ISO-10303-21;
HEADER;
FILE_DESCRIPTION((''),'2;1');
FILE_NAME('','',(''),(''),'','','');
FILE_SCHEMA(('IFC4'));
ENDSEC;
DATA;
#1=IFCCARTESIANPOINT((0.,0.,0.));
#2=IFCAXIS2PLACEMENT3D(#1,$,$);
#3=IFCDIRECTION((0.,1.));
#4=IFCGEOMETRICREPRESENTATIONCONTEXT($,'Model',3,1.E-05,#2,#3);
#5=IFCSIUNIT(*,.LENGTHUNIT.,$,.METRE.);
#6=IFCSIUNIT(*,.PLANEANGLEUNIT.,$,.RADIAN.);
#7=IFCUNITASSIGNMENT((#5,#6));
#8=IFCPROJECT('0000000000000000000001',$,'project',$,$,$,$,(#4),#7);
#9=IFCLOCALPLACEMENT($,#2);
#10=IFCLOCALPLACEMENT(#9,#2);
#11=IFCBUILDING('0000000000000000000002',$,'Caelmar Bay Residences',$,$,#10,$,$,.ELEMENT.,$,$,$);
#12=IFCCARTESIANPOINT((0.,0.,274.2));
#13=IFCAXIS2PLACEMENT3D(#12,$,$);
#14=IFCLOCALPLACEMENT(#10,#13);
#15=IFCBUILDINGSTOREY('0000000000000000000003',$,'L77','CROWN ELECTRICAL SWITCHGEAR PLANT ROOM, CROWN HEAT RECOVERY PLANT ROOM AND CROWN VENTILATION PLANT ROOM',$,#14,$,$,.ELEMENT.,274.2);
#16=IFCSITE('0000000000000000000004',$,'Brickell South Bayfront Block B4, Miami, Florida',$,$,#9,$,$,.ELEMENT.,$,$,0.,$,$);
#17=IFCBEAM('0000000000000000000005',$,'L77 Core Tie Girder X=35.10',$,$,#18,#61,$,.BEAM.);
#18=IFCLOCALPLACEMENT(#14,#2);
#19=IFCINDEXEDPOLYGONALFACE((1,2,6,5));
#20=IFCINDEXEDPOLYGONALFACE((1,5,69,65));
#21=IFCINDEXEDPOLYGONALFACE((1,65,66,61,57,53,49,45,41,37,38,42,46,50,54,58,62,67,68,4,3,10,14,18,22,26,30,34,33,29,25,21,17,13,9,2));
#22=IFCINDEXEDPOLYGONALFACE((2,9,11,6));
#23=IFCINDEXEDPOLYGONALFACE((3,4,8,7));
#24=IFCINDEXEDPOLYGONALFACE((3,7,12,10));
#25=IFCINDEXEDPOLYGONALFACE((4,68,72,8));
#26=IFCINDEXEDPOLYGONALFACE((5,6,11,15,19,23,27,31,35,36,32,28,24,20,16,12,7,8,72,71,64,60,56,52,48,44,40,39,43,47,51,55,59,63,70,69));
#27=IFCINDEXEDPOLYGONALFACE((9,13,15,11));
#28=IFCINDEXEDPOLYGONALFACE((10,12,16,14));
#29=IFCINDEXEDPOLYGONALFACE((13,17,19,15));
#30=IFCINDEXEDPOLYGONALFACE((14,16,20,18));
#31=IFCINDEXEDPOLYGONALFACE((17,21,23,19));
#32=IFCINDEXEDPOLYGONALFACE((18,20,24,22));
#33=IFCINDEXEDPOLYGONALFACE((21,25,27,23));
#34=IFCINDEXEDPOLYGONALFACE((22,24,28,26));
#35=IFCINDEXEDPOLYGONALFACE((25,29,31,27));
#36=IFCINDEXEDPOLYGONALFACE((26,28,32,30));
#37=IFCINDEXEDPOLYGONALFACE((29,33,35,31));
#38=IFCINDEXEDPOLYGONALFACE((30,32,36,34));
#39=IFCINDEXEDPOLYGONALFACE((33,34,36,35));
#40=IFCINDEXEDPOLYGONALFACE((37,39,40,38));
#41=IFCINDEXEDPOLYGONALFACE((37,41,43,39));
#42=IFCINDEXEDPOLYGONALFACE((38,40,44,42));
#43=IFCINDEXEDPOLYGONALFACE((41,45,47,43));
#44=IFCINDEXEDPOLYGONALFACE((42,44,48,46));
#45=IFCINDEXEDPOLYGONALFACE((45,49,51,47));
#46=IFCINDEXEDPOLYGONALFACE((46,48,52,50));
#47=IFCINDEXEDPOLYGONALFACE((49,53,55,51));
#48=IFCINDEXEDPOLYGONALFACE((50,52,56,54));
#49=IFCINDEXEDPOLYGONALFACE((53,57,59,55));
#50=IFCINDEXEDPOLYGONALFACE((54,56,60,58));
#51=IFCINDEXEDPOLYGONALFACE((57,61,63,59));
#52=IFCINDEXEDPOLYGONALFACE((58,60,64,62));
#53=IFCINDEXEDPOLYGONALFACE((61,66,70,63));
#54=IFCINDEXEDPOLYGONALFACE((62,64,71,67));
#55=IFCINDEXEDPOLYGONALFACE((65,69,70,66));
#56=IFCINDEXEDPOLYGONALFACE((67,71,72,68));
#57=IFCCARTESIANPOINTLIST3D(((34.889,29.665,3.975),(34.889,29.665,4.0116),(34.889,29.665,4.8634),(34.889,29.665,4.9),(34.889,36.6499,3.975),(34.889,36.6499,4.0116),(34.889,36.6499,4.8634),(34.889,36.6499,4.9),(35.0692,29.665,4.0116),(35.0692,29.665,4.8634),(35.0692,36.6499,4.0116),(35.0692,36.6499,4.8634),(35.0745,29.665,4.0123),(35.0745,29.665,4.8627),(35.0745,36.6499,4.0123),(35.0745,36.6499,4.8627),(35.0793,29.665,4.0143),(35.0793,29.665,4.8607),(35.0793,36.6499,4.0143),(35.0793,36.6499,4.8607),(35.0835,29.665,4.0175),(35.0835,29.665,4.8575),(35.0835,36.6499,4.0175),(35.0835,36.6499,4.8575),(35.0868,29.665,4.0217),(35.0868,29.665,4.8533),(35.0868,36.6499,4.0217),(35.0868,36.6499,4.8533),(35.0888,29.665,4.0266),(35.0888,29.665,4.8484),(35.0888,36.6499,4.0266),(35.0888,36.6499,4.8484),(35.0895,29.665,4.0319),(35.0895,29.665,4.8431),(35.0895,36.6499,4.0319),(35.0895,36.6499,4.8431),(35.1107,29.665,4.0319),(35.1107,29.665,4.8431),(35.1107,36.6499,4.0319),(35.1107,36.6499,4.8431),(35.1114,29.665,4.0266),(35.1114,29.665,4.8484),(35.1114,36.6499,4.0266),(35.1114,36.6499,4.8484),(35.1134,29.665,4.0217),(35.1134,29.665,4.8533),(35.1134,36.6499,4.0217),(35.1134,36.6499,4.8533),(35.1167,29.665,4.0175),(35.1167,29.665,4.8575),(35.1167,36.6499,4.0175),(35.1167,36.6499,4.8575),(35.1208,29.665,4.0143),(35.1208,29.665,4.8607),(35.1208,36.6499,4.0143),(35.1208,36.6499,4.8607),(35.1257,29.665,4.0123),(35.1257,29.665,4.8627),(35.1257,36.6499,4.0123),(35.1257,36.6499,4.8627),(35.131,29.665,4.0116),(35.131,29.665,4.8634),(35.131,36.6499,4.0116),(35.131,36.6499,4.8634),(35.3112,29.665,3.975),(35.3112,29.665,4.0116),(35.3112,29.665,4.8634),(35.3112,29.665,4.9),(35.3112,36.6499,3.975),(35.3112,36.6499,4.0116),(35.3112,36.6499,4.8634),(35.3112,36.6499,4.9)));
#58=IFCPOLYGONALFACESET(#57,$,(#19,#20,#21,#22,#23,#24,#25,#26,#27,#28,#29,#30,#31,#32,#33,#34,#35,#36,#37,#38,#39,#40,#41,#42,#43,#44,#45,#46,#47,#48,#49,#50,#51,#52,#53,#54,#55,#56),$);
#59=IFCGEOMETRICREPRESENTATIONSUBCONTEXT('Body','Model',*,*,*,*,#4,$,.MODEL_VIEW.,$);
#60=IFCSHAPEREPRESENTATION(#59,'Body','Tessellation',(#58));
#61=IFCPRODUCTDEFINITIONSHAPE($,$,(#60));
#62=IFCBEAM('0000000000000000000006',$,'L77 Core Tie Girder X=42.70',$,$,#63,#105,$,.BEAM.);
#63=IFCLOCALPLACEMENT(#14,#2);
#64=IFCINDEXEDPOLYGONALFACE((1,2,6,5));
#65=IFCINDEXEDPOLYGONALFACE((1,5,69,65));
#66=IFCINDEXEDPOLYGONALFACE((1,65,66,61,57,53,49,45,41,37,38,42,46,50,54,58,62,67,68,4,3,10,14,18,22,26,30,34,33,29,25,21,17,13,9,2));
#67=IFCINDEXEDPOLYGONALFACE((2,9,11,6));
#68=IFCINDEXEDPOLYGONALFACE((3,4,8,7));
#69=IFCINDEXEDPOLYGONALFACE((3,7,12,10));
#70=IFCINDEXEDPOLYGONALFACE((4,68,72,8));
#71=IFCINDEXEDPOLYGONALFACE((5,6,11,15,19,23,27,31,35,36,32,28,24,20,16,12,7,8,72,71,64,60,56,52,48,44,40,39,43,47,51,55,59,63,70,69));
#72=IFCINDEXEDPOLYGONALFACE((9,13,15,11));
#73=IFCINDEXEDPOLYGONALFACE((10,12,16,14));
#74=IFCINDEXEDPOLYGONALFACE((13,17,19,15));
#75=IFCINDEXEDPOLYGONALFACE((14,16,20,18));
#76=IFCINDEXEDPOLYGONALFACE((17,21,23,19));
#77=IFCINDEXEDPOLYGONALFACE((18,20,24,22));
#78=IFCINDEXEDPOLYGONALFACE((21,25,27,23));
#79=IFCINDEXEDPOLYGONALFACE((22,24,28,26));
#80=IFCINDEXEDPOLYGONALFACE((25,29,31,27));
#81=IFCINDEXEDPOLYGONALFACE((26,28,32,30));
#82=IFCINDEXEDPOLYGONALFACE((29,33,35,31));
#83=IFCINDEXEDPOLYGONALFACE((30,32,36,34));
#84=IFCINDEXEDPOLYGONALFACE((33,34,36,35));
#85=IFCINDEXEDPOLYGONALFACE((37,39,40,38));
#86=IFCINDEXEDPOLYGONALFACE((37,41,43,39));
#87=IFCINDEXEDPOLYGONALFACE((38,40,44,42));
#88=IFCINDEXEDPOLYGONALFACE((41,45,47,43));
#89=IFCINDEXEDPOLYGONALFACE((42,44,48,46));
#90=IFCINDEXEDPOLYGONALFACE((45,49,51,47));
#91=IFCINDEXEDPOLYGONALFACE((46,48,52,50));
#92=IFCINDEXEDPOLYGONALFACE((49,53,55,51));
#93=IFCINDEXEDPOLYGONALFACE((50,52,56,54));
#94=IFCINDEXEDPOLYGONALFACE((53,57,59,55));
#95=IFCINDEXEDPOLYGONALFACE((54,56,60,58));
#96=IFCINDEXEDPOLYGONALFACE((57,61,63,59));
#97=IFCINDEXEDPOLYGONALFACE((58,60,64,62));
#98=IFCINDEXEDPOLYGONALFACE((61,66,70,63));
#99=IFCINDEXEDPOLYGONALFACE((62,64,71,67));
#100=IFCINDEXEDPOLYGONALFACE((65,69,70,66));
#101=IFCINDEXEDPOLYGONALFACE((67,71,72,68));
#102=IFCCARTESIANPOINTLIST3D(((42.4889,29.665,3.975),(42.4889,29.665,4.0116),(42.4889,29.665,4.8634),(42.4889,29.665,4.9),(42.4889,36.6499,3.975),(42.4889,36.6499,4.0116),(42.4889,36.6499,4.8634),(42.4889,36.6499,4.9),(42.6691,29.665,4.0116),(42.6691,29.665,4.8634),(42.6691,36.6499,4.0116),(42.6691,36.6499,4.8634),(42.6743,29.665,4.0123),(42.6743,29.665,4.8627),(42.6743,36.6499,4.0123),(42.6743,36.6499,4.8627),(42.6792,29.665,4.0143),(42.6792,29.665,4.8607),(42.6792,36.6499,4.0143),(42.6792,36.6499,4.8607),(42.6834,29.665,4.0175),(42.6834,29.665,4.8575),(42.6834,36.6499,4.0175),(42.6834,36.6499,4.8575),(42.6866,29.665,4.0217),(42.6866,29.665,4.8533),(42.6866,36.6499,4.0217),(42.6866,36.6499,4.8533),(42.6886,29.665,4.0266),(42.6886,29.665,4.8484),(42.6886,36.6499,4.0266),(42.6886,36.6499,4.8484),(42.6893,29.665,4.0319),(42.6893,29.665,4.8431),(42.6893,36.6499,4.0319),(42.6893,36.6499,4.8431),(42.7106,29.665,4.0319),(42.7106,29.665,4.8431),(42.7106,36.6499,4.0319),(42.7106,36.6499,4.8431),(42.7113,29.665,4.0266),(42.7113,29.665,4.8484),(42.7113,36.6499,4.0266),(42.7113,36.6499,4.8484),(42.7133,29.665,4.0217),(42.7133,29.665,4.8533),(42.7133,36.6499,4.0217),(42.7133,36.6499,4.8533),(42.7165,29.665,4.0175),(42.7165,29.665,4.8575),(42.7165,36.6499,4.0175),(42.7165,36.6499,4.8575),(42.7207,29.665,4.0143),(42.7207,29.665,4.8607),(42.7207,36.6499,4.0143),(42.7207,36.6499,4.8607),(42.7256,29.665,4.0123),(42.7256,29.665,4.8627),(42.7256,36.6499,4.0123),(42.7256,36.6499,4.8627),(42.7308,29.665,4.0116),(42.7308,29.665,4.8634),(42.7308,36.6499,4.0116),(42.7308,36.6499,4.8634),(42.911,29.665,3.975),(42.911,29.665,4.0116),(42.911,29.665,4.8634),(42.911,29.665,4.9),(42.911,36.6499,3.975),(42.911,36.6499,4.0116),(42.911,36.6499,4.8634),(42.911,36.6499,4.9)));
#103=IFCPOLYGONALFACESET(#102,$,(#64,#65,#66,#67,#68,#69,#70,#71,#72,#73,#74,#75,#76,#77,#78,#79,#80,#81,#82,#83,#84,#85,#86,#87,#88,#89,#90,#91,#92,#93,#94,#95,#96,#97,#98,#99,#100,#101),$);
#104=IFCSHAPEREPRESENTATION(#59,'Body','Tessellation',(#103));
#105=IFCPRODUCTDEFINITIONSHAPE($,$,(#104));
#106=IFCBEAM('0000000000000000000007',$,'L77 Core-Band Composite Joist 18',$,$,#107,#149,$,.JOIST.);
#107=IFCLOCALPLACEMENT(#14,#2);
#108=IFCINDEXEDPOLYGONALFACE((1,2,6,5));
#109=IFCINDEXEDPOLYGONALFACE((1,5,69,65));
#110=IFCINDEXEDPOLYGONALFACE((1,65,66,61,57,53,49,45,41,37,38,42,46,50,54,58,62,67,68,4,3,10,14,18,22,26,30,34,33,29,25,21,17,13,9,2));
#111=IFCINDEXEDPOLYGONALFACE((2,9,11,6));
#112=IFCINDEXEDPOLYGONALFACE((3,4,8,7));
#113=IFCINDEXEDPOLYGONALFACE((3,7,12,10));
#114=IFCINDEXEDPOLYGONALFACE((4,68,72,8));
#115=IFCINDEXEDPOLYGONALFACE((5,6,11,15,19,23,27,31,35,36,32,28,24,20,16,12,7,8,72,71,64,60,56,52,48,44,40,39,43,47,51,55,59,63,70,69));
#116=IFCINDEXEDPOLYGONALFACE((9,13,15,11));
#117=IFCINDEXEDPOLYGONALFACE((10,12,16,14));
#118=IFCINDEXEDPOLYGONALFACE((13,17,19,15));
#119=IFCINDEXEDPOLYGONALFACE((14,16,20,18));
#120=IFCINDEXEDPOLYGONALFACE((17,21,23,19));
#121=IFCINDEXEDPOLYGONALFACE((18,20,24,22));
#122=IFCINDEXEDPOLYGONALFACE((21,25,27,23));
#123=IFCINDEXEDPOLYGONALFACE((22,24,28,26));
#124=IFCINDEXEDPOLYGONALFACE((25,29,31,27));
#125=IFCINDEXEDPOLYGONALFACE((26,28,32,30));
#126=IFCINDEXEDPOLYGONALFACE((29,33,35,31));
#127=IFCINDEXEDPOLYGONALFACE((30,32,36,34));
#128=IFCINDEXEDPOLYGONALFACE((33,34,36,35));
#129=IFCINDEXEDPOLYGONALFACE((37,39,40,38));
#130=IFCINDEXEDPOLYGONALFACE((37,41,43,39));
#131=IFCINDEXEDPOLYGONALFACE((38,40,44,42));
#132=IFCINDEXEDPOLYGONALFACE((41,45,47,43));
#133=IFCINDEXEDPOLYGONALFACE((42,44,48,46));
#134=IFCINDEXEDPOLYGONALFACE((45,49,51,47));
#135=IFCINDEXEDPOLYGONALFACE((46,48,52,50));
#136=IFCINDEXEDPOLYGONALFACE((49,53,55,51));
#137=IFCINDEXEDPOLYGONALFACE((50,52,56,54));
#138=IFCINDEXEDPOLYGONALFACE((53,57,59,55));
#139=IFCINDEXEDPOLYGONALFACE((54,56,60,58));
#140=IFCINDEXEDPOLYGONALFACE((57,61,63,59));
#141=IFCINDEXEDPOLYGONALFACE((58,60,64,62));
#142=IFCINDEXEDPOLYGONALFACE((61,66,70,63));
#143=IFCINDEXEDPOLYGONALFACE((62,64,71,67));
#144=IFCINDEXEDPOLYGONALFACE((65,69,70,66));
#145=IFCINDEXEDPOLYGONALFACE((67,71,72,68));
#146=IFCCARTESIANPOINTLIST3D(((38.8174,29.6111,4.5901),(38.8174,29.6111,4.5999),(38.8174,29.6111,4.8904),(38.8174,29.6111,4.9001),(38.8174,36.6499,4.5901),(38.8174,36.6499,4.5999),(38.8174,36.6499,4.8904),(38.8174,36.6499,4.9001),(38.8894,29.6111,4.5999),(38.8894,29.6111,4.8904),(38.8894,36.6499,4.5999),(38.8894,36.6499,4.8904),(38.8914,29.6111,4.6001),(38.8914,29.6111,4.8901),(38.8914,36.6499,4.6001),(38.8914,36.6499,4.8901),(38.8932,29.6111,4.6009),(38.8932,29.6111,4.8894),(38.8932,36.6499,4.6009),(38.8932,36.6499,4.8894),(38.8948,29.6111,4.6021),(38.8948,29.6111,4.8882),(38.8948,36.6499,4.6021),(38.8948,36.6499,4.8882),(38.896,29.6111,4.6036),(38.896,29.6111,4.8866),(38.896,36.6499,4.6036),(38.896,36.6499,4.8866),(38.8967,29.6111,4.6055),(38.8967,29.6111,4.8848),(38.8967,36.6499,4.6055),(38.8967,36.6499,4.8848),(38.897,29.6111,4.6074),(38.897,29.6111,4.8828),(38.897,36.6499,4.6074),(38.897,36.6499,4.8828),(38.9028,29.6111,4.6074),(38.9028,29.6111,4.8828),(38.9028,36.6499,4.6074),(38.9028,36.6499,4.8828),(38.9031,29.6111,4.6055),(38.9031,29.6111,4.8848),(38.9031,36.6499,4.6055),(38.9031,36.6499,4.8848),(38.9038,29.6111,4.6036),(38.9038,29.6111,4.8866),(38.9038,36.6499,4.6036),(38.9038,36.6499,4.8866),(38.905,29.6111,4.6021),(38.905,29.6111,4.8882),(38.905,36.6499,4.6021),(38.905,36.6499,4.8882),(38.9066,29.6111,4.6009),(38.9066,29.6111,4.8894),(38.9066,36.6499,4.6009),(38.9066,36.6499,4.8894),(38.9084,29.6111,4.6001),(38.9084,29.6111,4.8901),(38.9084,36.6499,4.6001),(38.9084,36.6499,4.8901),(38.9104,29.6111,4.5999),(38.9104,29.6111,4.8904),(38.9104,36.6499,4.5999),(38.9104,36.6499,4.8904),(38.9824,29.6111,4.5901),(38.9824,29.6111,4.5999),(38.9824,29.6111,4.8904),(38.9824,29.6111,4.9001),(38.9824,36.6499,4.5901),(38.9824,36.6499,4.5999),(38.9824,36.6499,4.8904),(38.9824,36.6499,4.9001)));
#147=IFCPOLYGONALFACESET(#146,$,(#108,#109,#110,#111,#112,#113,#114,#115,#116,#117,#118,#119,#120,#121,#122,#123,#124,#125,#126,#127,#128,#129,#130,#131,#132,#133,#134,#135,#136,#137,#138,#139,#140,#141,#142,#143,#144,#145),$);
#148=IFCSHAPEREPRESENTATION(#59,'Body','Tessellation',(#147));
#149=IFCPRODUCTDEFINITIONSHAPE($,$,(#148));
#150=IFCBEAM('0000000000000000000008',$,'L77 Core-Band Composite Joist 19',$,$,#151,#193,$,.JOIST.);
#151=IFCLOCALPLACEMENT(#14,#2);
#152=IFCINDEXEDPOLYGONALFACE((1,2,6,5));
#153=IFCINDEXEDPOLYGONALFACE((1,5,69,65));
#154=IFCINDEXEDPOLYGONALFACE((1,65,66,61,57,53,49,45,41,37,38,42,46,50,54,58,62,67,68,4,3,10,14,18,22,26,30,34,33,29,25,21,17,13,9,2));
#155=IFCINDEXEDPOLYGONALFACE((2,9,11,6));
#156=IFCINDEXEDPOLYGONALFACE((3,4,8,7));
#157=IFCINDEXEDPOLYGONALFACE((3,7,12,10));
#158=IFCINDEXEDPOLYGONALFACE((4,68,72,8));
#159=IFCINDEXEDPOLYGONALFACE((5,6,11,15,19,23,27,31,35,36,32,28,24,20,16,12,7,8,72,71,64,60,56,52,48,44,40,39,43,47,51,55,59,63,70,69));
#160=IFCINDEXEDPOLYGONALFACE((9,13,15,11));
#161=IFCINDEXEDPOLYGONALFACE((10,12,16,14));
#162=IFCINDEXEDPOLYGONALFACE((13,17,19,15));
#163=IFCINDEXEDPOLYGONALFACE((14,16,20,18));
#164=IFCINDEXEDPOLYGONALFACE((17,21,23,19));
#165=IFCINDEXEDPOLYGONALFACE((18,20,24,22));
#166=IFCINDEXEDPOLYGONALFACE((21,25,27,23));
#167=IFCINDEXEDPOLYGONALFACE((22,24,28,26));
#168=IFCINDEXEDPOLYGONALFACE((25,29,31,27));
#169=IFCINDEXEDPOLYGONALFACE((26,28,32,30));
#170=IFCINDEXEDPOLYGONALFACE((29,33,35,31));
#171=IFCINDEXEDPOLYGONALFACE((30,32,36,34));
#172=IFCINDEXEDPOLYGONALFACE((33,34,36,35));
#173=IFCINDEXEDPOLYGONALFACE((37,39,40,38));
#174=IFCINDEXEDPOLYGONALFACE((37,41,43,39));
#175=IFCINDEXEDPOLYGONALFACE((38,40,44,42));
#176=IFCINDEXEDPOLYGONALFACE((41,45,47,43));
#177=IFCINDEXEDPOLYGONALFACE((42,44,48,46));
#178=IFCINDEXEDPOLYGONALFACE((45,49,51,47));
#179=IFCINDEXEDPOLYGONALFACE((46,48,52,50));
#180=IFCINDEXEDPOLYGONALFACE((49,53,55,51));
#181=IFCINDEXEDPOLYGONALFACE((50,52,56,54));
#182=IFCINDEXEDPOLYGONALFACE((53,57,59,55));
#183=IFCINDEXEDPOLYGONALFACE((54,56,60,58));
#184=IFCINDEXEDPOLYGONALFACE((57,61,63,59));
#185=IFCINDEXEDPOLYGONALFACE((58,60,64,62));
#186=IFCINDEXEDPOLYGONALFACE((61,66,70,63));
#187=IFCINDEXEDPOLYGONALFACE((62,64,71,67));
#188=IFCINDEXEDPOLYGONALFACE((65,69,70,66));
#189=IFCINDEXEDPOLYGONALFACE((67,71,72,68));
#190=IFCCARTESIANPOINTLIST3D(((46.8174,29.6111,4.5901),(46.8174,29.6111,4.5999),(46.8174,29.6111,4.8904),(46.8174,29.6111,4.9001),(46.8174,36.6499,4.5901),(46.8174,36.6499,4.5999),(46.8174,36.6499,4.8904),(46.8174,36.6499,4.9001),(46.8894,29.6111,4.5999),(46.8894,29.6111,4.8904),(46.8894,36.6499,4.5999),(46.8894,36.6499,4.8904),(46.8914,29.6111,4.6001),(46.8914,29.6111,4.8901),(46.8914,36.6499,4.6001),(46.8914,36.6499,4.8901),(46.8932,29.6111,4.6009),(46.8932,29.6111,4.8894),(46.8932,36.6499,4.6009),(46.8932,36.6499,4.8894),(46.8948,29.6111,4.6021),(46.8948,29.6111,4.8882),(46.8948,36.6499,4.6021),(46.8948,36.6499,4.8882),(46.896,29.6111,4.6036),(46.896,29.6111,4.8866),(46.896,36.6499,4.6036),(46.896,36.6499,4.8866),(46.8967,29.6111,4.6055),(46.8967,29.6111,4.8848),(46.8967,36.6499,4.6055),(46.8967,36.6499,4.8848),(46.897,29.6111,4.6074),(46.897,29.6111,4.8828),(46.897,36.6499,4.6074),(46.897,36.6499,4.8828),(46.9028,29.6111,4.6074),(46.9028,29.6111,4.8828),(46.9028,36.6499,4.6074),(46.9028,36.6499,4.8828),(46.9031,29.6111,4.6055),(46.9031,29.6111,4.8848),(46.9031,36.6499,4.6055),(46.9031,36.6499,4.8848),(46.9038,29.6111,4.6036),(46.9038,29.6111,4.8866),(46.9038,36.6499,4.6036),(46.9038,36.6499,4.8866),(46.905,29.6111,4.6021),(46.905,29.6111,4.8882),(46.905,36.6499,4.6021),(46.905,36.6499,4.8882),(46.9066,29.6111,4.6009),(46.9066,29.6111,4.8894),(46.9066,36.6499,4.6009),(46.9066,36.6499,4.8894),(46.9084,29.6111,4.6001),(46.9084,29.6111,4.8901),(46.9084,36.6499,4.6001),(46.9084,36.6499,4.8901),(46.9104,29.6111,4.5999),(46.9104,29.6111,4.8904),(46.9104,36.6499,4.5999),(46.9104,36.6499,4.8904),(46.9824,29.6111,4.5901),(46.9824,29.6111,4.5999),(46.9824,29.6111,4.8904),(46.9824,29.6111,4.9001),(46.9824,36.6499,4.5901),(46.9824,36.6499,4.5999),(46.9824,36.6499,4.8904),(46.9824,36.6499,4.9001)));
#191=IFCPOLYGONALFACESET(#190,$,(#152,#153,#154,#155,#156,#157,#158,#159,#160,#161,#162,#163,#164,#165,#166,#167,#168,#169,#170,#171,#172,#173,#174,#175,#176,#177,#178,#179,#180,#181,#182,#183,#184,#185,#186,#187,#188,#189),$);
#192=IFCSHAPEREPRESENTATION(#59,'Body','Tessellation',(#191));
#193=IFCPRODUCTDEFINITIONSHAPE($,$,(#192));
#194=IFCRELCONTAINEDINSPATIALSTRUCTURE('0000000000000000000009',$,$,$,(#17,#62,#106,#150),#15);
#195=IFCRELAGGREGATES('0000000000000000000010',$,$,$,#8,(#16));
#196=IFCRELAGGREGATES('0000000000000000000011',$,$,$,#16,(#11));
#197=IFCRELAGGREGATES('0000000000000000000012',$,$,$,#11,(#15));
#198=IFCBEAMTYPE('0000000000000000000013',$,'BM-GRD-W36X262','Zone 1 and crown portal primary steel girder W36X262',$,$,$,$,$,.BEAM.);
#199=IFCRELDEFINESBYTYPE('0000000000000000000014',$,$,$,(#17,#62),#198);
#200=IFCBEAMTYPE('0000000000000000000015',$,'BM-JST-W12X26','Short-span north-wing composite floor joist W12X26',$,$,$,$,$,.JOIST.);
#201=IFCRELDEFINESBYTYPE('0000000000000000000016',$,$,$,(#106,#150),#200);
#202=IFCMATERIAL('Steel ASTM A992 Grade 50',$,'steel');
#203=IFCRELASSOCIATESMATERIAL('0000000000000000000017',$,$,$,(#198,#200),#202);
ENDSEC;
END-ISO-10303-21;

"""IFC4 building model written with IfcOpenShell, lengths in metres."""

from ifc_helpers import new_model, si_unit, direction, frame, origin, origin_2d, place, context, subcontext, project, spatial, i_section, extrude, material, material_profile, profile_set, type_object, element, save


model = new_model("IFC4")

# Units and contexts
model_context = context("Model", 3, precision=1e-05, world=origin(), true_north=direction((0.0, 1.0)))
body_context = subcontext(model_context, "Body", "Model", "MODEL_VIEW")
ifc_project = project(units=[si_unit("LENGTHUNIT", "METRE"), si_unit("PLANEANGLEUNIT", "RADIAN")], contexts=[model_context])

# Site, building, storey
site_placement = place(None, origin())
site = spatial("IfcSite", under=ifc_project, at=site_placement, Name="Brickell South Bayfront Block B4, Miami, Florida", CompositionType="ELEMENT", RefElevation=0.0)
building_placement = place(site_placement, origin())
building = spatial("IfcBuilding", under=site, at=building_placement, Name="Caelmar Bay Residences", CompositionType="ELEMENT")
storey_placement = place(building_placement, frame((0.0, 0.0, 274.2)))
storey = spatial("IfcBuildingStorey", under=building, at=storey_placement, Name="L77", Description="CROWN ELECTRICAL SWITCHGEAR PLANT ROOM, CROWN HEAT RECOVERY PLANT ROOM AND CROWN VENTILATION PLANT ROOM", CompositionType="ELEMENT", Elevation=274.2)

# Beams
ifc_material_1 = material(Name="Steel ASTM A992 Grade 50", Category="steel")
ifc_material_profile_1 = material_profile(ifc_material_1, i_section(OverallWidth=0.4221, OverallDepth=0.925, WebThickness=0.0212, FlangeThickness=0.0366, FilletRadius=0.0203, at=origin_2d()), Name="W36X262")
ifc_profile_set_1 = profile_set([ifc_material_profile_1], Name="Steel ASTM A992 Grade 50")
beam_type_1 = type_object("IfcBeamType", Name="BM-GRD-W36X262", Description="Zone 1 and crown portal primary steel girder W36X262", PredefinedType="BEAM", material=ifc_profile_set_1)
for number, where, z_axis, x_axis, name in (
    (1, (35.1001, 29.665, 4.4375), (0.0, 1.0, 0.0), (-1.0, 0.0, 0.0), "L77 Core Tie Girder X=35.10"),
    (2, (42.7, 29.665, 4.4375), (0.0, 1.0, 0.0), (-1.0, 0.0, 0.0), "L77 Core Tie Girder X=42.70"),
):
    element("IfcBeam", number, at=place(storey_placement, frame(where, z_axis=z_axis, x_axis=x_axis)), inside=storey, type_object=beam_type_1, Name=name, PredefinedType="BEAM", context=body_context, shape_type="SweptSolid", body=[
        extrude(i_section(OverallWidth=0.4221, OverallDepth=0.925, WebThickness=0.0212, FlangeThickness=0.0366, FilletRadius=0.0203, at=origin_2d()), origin(), (0.0, 0.0, 1.0), 6.9849),
    ])
ifc_material_profile_2 = material_profile(ifc_material_1, i_section(OverallWidth=0.165, OverallDepth=0.3101, WebThickness=0.0059, FlangeThickness=0.0098, FilletRadius=0.0076, at=origin_2d()), Name="W12X26")
ifc_profile_set_2 = profile_set([ifc_material_profile_2], Name="Steel ASTM A992 Grade 50")
beam_type_2 = type_object("IfcBeamType", Name="BM-JST-W12X26", Description="Short-span north-wing composite floor joist W12X26", PredefinedType="JOIST", material=ifc_profile_set_2)
for number, where, z_axis, x_axis, name in (
    (3, (38.8999, 29.6111, 4.7451), (0.0, 1.0, 0.0), (-1.0, 0.0, 0.0), "L77 Core-Band Composite Joist 18"),
    (4, (46.8999, 29.6111, 4.7451), (0.0, 1.0, 0.0), (-1.0, 0.0, 0.0), "L77 Core-Band Composite Joist 19"),
):
    element("IfcBeam", number, at=place(storey_placement, frame(where, z_axis=z_axis, x_axis=x_axis)), inside=storey, type_object=beam_type_2, Name=name, PredefinedType="JOIST", context=body_context, shape_type="SweptSolid", body=[
        extrude(i_section(OverallWidth=0.165, OverallDepth=0.3101, WebThickness=0.0059, FlangeThickness=0.0098, FilletRadius=0.0076, at=origin_2d()), origin(), (0.0, 0.0, 1.0), 7.0388),
    ])

save(model, "model.ifc")
